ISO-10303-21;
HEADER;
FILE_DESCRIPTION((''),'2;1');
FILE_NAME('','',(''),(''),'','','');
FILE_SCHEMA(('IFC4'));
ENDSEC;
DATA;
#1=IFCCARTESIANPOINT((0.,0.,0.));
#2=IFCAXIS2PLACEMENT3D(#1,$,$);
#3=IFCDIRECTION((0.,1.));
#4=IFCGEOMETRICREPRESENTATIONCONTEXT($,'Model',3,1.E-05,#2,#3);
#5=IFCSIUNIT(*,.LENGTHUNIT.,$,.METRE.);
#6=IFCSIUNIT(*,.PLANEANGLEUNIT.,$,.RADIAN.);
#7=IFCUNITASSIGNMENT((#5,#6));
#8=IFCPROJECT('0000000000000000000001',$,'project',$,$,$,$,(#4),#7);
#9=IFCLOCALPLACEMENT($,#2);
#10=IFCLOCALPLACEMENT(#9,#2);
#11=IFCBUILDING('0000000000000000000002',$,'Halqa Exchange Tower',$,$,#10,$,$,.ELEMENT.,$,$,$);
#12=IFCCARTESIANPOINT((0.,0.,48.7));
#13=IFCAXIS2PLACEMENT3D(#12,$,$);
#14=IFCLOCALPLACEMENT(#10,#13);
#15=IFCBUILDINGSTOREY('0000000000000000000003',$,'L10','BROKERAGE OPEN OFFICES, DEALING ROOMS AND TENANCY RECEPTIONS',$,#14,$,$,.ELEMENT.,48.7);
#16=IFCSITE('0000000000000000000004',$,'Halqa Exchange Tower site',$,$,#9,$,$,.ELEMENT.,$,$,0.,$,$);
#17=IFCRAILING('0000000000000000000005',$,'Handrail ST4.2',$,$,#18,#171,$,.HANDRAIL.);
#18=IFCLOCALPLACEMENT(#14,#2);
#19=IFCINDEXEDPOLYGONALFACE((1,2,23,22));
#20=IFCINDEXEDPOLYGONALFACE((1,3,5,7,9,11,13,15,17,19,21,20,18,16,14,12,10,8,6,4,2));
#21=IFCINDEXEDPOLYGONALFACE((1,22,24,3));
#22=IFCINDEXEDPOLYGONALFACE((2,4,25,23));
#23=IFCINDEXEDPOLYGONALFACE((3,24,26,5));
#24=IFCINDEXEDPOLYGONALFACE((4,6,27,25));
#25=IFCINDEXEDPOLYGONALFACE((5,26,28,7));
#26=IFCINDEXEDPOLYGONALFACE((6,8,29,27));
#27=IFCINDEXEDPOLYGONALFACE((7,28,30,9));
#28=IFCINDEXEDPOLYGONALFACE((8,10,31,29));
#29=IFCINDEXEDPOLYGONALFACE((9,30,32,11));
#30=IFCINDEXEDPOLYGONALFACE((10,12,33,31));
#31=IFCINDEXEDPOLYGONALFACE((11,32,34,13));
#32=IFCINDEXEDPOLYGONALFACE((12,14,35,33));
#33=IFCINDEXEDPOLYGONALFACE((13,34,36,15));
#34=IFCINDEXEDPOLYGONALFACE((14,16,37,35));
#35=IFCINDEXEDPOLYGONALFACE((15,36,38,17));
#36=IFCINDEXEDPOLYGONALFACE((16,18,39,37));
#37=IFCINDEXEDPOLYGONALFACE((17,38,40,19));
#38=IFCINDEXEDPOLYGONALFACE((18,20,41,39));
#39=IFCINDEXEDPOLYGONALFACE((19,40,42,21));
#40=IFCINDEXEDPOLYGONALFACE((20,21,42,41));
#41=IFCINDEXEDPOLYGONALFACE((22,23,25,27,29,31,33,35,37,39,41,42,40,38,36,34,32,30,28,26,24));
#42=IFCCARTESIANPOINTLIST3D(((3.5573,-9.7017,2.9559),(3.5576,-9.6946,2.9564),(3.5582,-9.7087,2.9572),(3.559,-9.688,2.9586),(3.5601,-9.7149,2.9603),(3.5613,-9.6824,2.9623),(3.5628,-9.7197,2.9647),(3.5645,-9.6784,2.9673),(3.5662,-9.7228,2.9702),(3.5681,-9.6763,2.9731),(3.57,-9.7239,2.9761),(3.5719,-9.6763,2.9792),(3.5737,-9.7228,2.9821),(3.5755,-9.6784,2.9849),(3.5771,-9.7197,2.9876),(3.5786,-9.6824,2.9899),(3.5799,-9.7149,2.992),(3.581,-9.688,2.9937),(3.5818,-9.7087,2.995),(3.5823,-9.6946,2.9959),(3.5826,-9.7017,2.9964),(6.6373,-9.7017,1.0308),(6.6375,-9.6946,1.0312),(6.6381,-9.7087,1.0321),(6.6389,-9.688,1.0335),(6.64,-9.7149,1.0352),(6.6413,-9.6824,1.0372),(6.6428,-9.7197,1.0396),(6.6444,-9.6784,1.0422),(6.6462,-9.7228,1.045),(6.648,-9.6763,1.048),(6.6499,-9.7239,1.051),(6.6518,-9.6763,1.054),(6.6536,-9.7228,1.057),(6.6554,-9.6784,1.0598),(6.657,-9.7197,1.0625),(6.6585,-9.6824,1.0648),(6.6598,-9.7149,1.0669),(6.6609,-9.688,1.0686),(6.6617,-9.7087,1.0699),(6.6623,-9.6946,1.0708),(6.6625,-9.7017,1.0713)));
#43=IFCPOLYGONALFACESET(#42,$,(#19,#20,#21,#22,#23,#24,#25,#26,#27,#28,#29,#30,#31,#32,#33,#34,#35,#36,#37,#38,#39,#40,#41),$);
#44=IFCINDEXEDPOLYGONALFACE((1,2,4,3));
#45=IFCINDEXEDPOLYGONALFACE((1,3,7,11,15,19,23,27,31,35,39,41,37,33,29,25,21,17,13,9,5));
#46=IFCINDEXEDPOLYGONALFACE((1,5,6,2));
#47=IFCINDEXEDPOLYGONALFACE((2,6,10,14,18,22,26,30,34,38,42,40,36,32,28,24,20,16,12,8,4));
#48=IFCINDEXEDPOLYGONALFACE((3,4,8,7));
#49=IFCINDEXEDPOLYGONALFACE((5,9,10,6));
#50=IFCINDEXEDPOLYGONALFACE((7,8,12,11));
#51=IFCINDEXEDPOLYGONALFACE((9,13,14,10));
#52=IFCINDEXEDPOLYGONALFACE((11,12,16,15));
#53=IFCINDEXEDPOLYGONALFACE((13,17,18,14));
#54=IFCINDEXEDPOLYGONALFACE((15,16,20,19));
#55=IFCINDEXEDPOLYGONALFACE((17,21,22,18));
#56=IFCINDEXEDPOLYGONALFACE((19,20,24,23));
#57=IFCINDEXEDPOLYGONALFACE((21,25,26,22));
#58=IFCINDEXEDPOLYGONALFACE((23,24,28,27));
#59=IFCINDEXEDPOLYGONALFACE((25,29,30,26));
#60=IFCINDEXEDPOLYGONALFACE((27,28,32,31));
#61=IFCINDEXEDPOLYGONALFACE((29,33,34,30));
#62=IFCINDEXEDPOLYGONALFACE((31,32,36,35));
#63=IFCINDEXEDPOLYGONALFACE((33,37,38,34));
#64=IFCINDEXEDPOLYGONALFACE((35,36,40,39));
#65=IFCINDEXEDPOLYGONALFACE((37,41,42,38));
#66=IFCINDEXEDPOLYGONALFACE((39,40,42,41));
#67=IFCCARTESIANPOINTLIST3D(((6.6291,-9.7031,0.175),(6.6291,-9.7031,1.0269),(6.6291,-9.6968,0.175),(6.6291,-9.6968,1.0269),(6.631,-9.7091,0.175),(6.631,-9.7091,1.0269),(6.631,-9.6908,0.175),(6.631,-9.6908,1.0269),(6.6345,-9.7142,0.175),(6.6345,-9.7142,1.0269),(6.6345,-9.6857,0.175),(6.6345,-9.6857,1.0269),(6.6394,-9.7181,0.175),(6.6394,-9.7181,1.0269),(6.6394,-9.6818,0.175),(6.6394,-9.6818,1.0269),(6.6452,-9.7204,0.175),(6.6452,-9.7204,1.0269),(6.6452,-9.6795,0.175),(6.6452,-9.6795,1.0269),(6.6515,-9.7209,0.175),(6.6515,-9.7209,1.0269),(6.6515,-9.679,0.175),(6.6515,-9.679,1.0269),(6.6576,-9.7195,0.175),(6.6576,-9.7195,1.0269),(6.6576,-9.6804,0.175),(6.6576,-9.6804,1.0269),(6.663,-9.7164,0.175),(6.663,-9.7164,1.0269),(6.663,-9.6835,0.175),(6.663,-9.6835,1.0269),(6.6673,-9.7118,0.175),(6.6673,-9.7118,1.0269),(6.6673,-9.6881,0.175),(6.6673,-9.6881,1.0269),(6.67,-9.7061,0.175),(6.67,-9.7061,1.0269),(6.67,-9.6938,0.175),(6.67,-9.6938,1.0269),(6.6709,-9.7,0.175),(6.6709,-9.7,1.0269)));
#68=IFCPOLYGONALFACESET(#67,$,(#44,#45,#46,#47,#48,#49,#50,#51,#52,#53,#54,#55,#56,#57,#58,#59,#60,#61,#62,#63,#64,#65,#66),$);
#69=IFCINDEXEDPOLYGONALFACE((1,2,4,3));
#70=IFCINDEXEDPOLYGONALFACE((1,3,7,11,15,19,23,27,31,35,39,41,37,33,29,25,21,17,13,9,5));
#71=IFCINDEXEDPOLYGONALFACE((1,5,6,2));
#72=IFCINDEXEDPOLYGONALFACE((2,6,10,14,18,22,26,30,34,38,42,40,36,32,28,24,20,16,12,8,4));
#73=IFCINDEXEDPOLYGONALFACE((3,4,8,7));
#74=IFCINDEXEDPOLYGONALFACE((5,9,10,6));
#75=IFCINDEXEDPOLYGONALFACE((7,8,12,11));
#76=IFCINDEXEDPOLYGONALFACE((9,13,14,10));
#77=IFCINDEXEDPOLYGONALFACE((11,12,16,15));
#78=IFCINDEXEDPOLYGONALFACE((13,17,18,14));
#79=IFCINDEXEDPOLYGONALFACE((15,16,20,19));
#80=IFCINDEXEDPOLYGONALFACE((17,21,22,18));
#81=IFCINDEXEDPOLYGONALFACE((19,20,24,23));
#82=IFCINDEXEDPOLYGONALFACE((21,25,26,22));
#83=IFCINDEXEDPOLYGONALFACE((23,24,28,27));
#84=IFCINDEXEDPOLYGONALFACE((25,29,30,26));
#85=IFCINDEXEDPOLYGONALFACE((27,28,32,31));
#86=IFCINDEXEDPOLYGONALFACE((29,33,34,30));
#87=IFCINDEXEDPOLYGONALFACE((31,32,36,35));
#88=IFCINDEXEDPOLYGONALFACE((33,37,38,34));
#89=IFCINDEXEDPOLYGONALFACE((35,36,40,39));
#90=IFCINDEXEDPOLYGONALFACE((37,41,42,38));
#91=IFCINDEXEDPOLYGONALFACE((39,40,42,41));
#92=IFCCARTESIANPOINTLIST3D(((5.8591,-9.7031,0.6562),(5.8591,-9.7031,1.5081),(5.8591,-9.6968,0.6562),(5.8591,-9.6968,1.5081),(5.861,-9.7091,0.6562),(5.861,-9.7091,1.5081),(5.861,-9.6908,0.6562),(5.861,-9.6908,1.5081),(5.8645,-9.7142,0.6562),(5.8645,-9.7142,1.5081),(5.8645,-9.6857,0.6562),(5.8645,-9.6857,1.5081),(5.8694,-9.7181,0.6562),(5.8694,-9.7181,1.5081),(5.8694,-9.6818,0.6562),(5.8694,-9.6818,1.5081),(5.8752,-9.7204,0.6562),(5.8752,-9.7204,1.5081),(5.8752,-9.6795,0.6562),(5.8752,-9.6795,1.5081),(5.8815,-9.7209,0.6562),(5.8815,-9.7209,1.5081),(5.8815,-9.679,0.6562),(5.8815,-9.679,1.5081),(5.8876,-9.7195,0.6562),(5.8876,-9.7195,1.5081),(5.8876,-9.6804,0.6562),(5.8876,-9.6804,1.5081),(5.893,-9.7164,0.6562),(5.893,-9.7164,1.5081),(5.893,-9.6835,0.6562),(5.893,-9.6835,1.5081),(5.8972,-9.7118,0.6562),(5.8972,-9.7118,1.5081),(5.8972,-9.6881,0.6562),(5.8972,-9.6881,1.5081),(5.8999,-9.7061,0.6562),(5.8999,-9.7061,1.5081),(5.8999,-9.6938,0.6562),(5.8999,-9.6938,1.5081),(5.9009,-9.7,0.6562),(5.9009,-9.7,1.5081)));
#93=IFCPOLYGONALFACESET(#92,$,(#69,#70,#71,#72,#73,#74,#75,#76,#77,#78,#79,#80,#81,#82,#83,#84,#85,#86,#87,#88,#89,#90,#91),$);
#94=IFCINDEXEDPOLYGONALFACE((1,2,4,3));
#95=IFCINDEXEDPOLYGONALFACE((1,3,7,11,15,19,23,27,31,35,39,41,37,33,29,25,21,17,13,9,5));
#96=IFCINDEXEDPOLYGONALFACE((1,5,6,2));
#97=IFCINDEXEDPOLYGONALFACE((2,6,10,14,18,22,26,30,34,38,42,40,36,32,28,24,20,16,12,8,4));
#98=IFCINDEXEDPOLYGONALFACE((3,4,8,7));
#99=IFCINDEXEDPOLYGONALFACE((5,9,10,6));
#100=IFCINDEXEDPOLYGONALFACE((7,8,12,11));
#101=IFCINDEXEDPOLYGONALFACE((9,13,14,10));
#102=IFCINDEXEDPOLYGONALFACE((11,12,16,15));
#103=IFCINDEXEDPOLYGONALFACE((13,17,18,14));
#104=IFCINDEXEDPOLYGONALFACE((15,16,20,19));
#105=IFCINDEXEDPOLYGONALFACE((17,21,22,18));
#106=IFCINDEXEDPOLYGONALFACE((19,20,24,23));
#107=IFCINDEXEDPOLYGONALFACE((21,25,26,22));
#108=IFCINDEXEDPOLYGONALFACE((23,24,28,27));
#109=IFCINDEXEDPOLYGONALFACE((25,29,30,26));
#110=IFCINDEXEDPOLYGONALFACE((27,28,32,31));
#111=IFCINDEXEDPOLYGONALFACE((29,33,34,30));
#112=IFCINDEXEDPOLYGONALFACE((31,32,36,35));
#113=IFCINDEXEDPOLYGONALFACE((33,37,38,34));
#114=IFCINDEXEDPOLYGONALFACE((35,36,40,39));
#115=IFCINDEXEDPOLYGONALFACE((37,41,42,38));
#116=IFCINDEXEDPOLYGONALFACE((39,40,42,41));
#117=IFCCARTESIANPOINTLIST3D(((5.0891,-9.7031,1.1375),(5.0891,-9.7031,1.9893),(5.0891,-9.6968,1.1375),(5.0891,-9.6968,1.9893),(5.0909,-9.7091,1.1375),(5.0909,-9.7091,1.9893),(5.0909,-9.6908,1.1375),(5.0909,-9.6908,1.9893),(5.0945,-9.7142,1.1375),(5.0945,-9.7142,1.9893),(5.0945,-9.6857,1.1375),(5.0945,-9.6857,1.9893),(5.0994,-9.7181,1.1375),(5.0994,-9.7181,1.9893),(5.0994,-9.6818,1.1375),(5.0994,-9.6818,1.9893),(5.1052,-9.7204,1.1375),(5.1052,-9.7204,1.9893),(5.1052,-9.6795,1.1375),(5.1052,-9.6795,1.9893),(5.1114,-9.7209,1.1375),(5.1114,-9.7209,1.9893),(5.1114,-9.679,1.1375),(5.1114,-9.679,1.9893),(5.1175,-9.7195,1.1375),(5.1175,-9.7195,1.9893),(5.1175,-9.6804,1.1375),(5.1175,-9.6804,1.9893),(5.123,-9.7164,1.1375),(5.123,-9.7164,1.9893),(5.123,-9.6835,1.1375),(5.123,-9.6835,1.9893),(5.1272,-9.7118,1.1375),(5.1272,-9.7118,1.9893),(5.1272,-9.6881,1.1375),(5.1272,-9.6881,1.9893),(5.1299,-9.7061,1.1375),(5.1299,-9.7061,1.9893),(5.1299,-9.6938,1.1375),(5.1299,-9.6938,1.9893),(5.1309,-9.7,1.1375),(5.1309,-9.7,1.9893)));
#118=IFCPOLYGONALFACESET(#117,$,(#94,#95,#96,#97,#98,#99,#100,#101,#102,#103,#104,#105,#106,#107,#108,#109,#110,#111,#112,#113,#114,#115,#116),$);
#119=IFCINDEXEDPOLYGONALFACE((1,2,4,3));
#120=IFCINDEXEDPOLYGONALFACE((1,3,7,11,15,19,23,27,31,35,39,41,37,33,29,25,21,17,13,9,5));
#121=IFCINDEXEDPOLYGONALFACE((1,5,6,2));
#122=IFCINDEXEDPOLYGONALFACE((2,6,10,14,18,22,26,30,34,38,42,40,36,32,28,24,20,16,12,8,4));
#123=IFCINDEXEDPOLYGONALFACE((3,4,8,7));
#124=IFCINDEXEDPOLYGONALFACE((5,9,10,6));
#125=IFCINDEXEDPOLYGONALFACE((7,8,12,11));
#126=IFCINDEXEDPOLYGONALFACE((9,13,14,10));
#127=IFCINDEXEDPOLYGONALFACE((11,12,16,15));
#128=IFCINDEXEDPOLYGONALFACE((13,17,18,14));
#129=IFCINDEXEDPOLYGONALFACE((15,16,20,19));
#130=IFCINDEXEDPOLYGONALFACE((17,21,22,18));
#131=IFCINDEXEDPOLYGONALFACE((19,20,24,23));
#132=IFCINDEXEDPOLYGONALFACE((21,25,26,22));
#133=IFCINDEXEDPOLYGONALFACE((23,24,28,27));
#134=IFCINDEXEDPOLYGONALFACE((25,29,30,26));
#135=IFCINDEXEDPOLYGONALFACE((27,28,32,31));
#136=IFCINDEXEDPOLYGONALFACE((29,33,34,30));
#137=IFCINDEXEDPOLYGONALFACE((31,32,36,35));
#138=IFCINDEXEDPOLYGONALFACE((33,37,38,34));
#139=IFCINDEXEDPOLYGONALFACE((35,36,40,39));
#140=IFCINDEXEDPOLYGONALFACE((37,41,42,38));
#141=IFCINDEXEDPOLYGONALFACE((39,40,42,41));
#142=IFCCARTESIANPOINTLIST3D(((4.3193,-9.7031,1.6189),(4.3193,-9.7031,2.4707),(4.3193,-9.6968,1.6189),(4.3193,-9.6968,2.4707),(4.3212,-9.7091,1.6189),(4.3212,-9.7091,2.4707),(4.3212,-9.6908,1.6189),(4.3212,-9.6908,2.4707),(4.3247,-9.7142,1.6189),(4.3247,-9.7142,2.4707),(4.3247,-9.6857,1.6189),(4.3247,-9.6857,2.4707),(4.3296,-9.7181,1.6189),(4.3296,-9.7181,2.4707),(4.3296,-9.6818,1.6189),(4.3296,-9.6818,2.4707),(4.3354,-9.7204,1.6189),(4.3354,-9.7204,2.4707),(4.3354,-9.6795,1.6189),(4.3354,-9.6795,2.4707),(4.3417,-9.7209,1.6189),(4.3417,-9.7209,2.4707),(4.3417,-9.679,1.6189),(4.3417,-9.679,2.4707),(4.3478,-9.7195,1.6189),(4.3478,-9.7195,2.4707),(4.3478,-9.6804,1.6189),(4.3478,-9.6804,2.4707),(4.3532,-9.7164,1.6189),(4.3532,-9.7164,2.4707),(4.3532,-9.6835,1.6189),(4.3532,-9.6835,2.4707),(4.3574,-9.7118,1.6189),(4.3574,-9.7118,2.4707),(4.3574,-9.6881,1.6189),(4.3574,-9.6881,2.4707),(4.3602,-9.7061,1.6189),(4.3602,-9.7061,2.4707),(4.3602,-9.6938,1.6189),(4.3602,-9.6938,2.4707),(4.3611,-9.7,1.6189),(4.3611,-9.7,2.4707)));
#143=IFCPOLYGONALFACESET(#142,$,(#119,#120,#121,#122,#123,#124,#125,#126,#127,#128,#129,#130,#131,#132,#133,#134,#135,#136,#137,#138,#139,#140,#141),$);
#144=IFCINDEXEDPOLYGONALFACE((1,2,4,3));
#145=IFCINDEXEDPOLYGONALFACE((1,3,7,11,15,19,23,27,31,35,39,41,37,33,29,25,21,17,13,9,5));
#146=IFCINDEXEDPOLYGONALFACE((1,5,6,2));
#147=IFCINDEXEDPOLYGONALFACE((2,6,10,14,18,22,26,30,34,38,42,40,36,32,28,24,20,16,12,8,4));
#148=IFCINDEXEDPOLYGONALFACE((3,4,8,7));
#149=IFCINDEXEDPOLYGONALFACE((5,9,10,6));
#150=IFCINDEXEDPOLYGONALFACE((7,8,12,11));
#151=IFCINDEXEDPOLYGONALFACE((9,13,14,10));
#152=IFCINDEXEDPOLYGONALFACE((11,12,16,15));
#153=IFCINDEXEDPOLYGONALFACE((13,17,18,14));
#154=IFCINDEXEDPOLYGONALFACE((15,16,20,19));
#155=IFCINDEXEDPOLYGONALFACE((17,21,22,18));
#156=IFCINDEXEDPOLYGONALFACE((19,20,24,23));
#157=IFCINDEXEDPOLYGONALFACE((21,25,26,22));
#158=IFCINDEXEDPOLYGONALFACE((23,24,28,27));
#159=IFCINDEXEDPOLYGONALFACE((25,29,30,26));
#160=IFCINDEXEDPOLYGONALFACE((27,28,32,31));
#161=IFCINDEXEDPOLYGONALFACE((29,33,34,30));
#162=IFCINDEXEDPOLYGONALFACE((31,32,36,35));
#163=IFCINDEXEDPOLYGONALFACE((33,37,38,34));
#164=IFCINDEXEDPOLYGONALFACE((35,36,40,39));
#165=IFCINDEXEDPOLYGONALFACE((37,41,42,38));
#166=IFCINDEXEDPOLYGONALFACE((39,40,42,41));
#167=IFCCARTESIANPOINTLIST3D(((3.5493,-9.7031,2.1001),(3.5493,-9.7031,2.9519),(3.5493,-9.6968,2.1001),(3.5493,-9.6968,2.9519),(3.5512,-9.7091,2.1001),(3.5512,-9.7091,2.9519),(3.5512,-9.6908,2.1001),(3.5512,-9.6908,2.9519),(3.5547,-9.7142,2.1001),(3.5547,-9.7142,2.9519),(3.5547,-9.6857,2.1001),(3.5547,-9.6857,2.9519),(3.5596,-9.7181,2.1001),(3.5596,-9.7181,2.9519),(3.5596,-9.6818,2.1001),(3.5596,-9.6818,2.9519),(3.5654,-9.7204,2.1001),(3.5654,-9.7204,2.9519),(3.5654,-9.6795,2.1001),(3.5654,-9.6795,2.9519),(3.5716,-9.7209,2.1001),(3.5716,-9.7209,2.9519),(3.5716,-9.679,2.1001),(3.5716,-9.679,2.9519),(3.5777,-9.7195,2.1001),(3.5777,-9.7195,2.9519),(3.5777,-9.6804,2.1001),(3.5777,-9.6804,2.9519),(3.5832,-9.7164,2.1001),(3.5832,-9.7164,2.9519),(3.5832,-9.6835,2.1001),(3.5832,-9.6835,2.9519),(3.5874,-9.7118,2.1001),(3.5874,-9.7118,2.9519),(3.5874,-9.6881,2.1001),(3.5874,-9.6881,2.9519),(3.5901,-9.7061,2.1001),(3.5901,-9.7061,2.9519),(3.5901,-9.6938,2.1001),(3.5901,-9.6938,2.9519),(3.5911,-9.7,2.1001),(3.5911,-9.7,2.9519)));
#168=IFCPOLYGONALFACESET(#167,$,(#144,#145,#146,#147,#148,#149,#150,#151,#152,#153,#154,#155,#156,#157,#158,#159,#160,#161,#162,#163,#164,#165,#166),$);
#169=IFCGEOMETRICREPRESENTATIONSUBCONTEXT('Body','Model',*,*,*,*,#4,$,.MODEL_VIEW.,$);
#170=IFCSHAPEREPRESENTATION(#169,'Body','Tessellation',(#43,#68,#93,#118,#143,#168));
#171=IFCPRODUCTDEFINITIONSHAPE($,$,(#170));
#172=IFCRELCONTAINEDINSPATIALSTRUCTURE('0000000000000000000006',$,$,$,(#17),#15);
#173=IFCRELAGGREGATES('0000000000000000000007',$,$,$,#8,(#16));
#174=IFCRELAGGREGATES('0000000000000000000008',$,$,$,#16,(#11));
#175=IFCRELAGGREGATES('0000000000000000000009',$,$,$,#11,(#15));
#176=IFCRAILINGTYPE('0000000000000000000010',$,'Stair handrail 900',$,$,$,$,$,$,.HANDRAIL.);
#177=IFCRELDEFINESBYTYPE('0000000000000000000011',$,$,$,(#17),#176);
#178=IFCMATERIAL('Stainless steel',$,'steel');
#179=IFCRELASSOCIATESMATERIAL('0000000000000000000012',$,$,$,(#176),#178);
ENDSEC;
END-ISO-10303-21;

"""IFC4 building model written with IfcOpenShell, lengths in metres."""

from ifc_helpers import new_model, si_unit, direction, frame, origin, origin_2d, place, context, subcontext, project, spatial, circle, extrude, material, type_object, element, save


model = new_model("IFC4")

# Units and contexts
model_context = context("Model", 3, precision=1e-05, world=origin(), true_north=direction((0.0, 1.0)))
body_context = subcontext(model_context, "Body", "Model", "MODEL_VIEW")
ifc_project = project(units=[si_unit("LENGTHUNIT", "METRE"), si_unit("PLANEANGLEUNIT", "RADIAN")], contexts=[model_context])

# Site, building, storey
site_placement = place(None, origin())
site = spatial("IfcSite", under=ifc_project, at=site_placement, Name="Halqa Exchange Tower site", CompositionType="ELEMENT", RefElevation=0.0)
building_placement = place(site_placement, origin())
building = spatial("IfcBuilding", under=site, at=building_placement, Name="Halqa Exchange Tower", CompositionType="ELEMENT")
storey_placement = place(building_placement, frame((0.0, 0.0, 48.7)))
storey = spatial("IfcBuildingStorey", under=building, at=storey_placement, Name="L10", Description="BROKERAGE OPEN OFFICES, DEALING ROOMS AND TENANCY RECEPTIONS", CompositionType="ELEMENT", Elevation=48.7)

# Railing
ifc_material_1 = material(Name="Stainless steel", Category="steel")
railing_type_1 = type_object("IfcRailingType", Name="Stair handrail 900", PredefinedType="HANDRAIL", material=ifc_material_1)
railing_1_placement = place(storey_placement, frame((6.6499, -9.7, 0.175)))
element("IfcRailing", 1, at=railing_1_placement, inside=storey, type_object=railing_type_1, Name="Handrail ST4.2", PredefinedType="HANDRAIL", context=body_context, shape_type="SweptSolid", body=[
    extrude(circle(Radius=0.0239, at=origin_2d()), frame((0.0, 0.0, 0.876), z_axis=(-0.847979, 0.0, 0.530029), x_axis=(0.0, -1.0, 0.0)), (0.0, 0.0, 1.0), 3.6321),
    extrude(circle(Radius=0.021, at=origin_2d()), origin(), (0.0, 0.0, 1.0), 0.8518),
    extrude(circle(Radius=0.021, at=origin_2d()), frame((-0.77, 0.0, 0.4812)), (0.0, 0.0, 1.0), 0.8518),
    extrude(circle(Radius=0.021, at=origin_2d()), frame((-1.54, 0.0, 0.9624)), (0.0, 0.0, 1.0), 0.8518),
    extrude(circle(Radius=0.021, at=origin_2d()), frame((-2.3098, 0.0, 1.4438)), (0.0, 0.0, 1.0), 0.8518),
    extrude(circle(Radius=0.021, at=origin_2d()), frame((-3.0798, 0.0, 1.925)), (0.0, 0.0, 1.0), 0.8518),
])

save(model, "model.ifc")
